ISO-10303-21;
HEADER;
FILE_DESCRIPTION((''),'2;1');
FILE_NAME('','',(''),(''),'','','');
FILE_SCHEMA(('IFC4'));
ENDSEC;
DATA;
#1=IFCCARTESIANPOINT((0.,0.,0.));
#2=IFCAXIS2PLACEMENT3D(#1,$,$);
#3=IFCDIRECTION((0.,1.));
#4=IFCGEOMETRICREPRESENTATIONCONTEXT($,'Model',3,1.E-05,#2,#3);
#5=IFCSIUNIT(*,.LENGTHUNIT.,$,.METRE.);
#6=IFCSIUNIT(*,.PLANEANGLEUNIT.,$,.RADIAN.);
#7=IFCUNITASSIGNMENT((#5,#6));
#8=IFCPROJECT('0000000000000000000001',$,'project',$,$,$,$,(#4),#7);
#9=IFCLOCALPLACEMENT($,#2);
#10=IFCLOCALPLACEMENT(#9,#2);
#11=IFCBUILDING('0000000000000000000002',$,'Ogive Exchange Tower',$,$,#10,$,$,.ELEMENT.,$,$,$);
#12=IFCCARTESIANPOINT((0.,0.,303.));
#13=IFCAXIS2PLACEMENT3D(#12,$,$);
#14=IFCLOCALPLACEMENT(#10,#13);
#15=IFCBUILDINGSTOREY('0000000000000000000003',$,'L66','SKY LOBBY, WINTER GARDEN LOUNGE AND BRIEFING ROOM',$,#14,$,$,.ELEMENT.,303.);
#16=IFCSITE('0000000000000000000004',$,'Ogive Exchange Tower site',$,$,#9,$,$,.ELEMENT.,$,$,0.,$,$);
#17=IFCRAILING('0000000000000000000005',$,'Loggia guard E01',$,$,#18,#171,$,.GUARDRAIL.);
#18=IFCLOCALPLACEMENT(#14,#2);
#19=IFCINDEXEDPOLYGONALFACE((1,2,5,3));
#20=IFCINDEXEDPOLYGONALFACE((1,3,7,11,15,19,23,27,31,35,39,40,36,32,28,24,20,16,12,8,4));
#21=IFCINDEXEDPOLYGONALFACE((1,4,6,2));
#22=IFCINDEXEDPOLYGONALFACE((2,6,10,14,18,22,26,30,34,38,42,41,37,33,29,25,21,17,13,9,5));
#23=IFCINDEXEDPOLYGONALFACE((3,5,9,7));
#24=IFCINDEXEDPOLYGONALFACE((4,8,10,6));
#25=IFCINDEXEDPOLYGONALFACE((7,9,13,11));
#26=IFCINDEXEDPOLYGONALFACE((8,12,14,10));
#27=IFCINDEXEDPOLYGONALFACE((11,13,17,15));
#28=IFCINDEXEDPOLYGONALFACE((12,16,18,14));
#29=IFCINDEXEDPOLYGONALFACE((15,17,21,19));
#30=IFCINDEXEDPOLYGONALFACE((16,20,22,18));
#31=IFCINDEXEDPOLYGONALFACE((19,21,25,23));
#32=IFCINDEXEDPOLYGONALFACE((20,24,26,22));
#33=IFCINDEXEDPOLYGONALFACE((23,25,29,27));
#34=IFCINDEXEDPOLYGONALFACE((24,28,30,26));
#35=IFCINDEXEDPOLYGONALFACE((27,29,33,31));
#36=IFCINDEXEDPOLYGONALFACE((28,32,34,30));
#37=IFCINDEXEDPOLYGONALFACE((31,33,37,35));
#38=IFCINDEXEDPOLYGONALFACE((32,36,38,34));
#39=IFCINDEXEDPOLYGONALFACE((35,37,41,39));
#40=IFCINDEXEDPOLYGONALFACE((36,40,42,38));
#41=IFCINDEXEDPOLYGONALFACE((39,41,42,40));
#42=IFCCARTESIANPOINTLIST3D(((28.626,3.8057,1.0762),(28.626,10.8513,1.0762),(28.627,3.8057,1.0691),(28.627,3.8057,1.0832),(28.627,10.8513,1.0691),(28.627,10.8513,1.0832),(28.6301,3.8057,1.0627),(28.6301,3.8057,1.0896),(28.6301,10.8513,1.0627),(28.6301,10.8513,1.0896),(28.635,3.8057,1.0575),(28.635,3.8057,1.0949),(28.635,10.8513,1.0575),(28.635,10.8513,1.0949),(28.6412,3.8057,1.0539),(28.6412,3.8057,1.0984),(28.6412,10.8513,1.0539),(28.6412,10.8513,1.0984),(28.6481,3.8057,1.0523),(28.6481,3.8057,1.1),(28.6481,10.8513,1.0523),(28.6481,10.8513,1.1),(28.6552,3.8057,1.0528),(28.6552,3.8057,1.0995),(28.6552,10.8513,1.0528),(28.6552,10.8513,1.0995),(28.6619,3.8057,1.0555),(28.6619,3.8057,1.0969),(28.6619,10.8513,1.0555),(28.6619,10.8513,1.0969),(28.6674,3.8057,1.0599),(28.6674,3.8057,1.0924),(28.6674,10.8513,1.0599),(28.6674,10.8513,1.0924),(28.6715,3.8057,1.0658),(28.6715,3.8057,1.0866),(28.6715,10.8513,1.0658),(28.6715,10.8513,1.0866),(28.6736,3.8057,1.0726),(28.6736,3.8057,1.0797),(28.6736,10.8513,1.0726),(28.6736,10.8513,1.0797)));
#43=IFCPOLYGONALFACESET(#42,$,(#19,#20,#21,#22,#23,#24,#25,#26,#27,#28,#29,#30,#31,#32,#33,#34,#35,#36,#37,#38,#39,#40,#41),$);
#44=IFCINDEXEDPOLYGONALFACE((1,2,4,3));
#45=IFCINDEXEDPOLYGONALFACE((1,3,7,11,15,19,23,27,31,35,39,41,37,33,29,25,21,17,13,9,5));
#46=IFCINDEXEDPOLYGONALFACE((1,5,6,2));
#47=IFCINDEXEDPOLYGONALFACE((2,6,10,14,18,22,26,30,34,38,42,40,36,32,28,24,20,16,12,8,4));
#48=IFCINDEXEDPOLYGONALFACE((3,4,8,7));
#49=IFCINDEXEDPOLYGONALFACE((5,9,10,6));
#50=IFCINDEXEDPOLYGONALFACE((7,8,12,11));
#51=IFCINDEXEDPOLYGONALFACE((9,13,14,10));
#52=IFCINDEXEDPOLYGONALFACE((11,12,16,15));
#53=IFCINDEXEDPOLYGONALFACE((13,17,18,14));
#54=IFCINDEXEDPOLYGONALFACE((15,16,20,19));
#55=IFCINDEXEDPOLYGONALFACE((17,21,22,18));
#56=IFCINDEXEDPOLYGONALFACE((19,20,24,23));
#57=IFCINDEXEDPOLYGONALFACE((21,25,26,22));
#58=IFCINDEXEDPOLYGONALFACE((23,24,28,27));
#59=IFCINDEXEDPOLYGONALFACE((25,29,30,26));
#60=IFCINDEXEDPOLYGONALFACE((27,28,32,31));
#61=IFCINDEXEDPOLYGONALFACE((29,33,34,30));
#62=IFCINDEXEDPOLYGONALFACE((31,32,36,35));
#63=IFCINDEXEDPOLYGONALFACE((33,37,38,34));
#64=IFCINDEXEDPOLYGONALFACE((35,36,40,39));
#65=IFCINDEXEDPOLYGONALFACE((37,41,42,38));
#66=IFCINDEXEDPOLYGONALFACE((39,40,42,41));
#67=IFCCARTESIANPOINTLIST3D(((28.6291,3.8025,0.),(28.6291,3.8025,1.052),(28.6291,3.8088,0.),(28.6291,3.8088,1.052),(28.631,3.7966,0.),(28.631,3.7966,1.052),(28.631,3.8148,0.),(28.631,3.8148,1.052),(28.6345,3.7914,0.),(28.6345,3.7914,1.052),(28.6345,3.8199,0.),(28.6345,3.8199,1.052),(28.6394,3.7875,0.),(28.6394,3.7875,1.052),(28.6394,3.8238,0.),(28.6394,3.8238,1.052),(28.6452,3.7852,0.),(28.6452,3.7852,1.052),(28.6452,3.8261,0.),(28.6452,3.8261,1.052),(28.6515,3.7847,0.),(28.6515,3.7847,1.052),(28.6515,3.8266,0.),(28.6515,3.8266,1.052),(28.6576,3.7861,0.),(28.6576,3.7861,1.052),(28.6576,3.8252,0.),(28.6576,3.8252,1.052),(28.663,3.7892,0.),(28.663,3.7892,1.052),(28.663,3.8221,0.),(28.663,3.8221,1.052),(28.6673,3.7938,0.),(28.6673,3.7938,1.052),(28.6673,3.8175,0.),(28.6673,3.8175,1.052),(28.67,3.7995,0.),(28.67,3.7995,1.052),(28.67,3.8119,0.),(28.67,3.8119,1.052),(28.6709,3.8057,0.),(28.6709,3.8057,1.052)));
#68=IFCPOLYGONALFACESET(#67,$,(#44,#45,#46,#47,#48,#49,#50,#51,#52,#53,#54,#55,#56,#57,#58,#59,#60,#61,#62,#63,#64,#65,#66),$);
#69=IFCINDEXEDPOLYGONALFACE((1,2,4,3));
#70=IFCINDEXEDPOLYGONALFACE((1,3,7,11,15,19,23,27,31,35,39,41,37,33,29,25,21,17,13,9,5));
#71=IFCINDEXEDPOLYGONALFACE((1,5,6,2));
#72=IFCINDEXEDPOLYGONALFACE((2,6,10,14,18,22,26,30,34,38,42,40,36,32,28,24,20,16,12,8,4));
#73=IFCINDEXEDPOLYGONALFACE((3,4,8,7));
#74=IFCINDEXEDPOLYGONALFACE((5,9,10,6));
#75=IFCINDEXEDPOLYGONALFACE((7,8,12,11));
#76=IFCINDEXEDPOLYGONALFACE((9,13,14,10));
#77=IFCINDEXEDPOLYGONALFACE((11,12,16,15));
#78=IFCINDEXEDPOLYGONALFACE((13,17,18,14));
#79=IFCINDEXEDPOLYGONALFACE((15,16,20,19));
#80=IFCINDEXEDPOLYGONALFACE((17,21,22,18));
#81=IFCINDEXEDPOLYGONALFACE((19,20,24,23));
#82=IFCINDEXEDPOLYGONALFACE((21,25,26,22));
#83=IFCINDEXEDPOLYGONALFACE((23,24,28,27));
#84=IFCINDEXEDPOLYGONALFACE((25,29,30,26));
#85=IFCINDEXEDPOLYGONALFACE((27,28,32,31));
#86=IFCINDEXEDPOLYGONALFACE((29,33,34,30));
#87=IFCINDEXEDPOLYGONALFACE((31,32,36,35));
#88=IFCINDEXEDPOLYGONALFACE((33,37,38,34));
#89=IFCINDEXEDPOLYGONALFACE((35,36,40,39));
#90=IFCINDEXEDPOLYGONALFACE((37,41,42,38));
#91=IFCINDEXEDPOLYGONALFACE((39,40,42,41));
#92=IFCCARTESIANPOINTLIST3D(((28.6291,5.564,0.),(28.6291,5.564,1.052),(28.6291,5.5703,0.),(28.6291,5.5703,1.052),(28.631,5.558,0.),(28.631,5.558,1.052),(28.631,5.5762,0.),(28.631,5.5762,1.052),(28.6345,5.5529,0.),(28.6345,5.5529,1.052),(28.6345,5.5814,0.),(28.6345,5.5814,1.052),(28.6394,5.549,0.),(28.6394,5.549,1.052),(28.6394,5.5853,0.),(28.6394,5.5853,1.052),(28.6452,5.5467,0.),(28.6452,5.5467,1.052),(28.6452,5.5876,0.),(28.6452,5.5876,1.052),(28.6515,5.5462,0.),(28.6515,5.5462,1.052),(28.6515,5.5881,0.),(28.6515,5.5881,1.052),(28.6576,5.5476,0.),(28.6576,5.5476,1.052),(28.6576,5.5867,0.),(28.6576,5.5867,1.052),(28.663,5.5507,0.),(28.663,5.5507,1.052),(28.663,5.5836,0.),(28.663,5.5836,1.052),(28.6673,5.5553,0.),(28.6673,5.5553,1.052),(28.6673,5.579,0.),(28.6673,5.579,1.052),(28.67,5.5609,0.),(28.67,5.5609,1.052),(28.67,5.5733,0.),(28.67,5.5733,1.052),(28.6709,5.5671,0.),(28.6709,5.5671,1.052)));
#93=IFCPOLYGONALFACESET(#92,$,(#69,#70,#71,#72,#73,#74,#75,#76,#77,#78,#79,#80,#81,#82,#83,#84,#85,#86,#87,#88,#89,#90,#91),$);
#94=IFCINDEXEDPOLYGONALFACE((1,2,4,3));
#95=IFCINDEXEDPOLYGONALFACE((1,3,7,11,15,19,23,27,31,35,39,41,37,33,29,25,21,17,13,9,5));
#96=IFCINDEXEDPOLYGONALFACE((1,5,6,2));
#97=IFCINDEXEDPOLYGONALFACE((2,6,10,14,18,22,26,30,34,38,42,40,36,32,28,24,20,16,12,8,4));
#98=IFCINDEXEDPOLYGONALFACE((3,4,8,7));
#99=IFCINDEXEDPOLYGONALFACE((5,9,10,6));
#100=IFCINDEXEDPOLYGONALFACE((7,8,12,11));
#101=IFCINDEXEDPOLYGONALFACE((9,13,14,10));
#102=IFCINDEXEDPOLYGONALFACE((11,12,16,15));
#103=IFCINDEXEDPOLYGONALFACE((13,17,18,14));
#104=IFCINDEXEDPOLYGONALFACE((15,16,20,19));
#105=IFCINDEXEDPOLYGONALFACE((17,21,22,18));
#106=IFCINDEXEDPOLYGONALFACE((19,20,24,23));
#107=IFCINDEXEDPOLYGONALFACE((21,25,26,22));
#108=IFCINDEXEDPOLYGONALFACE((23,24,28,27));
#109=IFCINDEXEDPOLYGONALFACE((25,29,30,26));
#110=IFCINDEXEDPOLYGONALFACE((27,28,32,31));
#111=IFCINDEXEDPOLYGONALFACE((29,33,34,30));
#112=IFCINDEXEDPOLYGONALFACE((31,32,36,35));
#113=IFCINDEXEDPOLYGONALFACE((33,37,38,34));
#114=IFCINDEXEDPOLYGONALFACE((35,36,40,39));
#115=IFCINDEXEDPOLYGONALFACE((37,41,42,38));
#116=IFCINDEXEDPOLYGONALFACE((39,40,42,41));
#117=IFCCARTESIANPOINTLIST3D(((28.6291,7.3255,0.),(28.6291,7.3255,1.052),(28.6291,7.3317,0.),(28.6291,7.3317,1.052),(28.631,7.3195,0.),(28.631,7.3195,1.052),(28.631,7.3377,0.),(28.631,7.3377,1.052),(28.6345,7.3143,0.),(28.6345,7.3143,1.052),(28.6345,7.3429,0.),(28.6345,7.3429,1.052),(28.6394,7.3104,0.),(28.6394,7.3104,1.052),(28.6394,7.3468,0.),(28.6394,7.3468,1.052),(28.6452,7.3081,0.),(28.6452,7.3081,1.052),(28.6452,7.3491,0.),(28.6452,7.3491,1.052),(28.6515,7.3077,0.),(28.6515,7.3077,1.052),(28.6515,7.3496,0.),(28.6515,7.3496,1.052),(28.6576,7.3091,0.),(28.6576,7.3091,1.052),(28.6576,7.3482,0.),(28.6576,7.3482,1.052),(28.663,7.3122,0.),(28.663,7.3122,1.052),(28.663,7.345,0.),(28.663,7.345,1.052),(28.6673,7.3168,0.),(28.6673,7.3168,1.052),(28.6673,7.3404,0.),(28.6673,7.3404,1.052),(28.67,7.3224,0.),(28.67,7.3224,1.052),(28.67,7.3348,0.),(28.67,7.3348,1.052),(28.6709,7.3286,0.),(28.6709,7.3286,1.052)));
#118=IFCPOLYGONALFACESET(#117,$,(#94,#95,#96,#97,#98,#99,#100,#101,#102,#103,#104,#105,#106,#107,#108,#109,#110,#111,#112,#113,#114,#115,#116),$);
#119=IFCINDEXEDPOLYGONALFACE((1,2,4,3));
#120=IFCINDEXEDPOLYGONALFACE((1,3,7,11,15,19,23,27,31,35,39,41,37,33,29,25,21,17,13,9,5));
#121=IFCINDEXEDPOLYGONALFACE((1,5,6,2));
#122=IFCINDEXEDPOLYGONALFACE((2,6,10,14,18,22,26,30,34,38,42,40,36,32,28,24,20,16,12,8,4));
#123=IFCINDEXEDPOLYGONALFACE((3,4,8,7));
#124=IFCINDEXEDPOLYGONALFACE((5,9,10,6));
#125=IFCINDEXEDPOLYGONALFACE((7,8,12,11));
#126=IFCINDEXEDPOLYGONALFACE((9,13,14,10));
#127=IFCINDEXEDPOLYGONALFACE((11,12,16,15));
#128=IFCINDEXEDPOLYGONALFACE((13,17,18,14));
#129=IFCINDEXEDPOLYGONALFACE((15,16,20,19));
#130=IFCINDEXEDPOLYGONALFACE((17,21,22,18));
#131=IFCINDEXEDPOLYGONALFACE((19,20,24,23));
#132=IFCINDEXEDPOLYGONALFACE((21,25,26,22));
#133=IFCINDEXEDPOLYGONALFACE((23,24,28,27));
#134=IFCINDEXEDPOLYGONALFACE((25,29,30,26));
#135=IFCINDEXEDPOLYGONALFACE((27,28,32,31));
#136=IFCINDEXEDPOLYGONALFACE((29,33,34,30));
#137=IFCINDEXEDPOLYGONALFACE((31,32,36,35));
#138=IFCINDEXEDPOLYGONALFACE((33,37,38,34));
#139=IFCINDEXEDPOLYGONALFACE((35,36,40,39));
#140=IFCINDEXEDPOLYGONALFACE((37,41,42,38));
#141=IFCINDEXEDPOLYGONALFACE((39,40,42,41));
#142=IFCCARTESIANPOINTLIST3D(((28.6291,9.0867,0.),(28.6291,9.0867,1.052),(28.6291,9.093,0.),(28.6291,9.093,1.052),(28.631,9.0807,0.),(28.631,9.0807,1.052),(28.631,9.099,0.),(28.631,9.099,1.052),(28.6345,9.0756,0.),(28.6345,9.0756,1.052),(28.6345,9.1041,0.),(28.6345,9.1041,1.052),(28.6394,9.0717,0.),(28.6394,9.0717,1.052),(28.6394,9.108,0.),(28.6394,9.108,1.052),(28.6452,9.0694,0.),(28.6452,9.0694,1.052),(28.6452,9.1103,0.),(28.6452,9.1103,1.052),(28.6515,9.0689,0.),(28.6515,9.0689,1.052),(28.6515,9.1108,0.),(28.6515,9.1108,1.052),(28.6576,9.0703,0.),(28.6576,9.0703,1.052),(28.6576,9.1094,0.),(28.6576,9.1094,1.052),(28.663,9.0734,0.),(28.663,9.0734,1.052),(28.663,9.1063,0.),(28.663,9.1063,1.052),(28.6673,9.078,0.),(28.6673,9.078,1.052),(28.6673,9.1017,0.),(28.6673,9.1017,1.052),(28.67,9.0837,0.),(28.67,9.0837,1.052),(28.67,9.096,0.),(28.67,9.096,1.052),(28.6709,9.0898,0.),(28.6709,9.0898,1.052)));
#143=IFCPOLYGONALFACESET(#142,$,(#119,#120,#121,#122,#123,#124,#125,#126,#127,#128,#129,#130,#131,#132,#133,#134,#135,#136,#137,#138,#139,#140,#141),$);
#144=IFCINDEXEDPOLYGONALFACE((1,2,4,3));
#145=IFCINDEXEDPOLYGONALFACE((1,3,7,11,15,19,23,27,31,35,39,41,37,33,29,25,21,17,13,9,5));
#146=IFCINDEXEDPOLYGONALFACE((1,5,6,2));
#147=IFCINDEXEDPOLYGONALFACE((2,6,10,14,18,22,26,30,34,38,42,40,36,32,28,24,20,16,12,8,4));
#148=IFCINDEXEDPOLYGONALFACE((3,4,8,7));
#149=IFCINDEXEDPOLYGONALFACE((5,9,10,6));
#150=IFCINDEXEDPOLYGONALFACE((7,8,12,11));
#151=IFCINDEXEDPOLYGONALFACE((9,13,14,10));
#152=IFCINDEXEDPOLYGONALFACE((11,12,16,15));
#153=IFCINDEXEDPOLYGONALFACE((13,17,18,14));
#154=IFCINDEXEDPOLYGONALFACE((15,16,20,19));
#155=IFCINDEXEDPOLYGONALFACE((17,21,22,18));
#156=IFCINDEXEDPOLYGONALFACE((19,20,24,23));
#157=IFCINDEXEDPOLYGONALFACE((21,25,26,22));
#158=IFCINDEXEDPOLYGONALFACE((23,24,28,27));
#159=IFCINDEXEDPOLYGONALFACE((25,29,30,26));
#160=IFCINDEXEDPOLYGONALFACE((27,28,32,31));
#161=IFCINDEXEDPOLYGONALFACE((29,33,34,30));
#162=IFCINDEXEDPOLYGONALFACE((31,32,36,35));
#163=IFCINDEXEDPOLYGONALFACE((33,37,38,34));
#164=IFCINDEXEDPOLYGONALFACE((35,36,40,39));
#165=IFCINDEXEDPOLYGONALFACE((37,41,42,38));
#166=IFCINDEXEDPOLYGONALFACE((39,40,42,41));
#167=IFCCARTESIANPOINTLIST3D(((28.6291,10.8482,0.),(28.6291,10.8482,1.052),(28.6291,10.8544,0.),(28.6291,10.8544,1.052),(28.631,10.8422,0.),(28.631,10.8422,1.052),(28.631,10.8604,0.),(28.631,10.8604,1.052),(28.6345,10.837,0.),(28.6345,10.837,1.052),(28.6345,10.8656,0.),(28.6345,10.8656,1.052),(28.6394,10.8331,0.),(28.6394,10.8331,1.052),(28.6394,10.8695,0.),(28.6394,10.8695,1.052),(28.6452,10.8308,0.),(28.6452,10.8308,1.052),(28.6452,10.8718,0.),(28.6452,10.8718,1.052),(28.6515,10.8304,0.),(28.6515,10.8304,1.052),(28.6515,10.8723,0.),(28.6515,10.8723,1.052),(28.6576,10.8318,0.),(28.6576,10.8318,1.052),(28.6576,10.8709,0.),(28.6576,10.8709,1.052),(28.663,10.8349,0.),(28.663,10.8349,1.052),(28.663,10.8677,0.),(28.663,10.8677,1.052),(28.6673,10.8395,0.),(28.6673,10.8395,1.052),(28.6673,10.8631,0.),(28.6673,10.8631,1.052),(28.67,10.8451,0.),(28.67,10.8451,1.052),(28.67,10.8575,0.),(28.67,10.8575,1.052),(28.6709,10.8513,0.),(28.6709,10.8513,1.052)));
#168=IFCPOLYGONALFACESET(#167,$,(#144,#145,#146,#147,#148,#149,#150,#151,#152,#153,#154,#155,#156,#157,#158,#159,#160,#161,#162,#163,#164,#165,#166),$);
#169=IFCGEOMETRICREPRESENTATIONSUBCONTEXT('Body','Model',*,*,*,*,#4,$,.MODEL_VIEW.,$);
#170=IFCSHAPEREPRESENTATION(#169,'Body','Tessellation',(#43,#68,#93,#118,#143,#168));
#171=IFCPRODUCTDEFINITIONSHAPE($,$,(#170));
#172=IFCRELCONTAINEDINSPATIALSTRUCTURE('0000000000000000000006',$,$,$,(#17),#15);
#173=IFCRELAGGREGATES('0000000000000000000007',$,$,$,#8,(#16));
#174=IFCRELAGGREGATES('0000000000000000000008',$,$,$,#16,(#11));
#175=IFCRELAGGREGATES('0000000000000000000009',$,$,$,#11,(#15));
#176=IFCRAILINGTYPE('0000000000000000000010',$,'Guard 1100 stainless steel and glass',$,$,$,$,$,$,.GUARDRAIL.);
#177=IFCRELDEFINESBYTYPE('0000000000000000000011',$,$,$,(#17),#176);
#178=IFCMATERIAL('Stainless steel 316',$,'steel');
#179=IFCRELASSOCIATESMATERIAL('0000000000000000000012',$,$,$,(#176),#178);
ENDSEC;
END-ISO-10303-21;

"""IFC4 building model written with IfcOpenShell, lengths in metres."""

from ifc_helpers import new_model, si_unit, direction, frame, origin, origin_2d, place, context, subcontext, project, spatial, circle, extrude, material, type_object, element, save


model = new_model("IFC4")

# Units and contexts
model_context = context("Model", 3, precision=1e-05, world=origin(), true_north=direction((0.0, 1.0)))
body_context = subcontext(model_context, "Body", "Model", "MODEL_VIEW")
ifc_project = project(units=[si_unit("LENGTHUNIT", "METRE"), si_unit("PLANEANGLEUNIT", "RADIAN")], contexts=[model_context])

# Site, building, storey
site_placement = place(None, origin())
site = spatial("IfcSite", under=ifc_project, at=site_placement, Name="Ogive Exchange Tower site", CompositionType="ELEMENT", RefElevation=0.0)
building_placement = place(site_placement, origin())
building = spatial("IfcBuilding", under=site, at=building_placement, Name="Ogive Exchange Tower", CompositionType="ELEMENT")
storey_placement = place(building_placement, frame((0.0, 0.0, 303.0)))
storey = spatial("IfcBuildingStorey", under=building, at=storey_placement, Name="L66", Description="SKY LOBBY, WINTER GARDEN LOUNGE AND BRIEFING ROOM", CompositionType="ELEMENT", Elevation=303.0)

# Railing
ifc_material_1 = material(Name="Stainless steel 316", Category="steel")
railing_type = type_object("IfcRailingType", Name="Guard 1100 stainless steel and glass", PredefinedType="GUARDRAIL", material=ifc_material_1)
railing_placement = place(storey_placement, frame((28.6499, 3.8057, 0.0)))
element("IfcRailing", 1, at=railing_placement, inside=storey, type_object=railing_type, Name="Loggia guard E01", PredefinedType="GUARDRAIL", context=body_context, shape_type="SweptSolid", body=[
    extrude(circle(Radius=0.0239, at=origin_2d()), frame((0.0, 0.0, 1.0762), z_axis=(0.0, 1.0, 0.0), x_axis=(-1.0, 0.0, 0.0)), (0.0, 0.0, 1.0), 7.0457),
    extrude(circle(Radius=0.021, at=origin_2d()), origin(), (0.0, 0.0, 1.0), 1.052),
    extrude(circle(Radius=0.021, at=origin_2d()), frame((0.0, 1.7615, 0.0)), (0.0, 0.0, 1.0), 1.052),
    extrude(circle(Radius=0.021, at=origin_2d()), frame((0.0, 3.5229, 0.0)), (0.0, 0.0, 1.0), 1.052),
    extrude(circle(Radius=0.021, at=origin_2d()), frame((0.0, 5.2842, 0.0)), (0.0, 0.0, 1.0), 1.052),
    extrude(circle(Radius=0.021, at=origin_2d()), frame((0.0, 7.0457, 0.0)), (0.0, 0.0, 1.0), 1.052),
])

save(model, "model.ifc")
